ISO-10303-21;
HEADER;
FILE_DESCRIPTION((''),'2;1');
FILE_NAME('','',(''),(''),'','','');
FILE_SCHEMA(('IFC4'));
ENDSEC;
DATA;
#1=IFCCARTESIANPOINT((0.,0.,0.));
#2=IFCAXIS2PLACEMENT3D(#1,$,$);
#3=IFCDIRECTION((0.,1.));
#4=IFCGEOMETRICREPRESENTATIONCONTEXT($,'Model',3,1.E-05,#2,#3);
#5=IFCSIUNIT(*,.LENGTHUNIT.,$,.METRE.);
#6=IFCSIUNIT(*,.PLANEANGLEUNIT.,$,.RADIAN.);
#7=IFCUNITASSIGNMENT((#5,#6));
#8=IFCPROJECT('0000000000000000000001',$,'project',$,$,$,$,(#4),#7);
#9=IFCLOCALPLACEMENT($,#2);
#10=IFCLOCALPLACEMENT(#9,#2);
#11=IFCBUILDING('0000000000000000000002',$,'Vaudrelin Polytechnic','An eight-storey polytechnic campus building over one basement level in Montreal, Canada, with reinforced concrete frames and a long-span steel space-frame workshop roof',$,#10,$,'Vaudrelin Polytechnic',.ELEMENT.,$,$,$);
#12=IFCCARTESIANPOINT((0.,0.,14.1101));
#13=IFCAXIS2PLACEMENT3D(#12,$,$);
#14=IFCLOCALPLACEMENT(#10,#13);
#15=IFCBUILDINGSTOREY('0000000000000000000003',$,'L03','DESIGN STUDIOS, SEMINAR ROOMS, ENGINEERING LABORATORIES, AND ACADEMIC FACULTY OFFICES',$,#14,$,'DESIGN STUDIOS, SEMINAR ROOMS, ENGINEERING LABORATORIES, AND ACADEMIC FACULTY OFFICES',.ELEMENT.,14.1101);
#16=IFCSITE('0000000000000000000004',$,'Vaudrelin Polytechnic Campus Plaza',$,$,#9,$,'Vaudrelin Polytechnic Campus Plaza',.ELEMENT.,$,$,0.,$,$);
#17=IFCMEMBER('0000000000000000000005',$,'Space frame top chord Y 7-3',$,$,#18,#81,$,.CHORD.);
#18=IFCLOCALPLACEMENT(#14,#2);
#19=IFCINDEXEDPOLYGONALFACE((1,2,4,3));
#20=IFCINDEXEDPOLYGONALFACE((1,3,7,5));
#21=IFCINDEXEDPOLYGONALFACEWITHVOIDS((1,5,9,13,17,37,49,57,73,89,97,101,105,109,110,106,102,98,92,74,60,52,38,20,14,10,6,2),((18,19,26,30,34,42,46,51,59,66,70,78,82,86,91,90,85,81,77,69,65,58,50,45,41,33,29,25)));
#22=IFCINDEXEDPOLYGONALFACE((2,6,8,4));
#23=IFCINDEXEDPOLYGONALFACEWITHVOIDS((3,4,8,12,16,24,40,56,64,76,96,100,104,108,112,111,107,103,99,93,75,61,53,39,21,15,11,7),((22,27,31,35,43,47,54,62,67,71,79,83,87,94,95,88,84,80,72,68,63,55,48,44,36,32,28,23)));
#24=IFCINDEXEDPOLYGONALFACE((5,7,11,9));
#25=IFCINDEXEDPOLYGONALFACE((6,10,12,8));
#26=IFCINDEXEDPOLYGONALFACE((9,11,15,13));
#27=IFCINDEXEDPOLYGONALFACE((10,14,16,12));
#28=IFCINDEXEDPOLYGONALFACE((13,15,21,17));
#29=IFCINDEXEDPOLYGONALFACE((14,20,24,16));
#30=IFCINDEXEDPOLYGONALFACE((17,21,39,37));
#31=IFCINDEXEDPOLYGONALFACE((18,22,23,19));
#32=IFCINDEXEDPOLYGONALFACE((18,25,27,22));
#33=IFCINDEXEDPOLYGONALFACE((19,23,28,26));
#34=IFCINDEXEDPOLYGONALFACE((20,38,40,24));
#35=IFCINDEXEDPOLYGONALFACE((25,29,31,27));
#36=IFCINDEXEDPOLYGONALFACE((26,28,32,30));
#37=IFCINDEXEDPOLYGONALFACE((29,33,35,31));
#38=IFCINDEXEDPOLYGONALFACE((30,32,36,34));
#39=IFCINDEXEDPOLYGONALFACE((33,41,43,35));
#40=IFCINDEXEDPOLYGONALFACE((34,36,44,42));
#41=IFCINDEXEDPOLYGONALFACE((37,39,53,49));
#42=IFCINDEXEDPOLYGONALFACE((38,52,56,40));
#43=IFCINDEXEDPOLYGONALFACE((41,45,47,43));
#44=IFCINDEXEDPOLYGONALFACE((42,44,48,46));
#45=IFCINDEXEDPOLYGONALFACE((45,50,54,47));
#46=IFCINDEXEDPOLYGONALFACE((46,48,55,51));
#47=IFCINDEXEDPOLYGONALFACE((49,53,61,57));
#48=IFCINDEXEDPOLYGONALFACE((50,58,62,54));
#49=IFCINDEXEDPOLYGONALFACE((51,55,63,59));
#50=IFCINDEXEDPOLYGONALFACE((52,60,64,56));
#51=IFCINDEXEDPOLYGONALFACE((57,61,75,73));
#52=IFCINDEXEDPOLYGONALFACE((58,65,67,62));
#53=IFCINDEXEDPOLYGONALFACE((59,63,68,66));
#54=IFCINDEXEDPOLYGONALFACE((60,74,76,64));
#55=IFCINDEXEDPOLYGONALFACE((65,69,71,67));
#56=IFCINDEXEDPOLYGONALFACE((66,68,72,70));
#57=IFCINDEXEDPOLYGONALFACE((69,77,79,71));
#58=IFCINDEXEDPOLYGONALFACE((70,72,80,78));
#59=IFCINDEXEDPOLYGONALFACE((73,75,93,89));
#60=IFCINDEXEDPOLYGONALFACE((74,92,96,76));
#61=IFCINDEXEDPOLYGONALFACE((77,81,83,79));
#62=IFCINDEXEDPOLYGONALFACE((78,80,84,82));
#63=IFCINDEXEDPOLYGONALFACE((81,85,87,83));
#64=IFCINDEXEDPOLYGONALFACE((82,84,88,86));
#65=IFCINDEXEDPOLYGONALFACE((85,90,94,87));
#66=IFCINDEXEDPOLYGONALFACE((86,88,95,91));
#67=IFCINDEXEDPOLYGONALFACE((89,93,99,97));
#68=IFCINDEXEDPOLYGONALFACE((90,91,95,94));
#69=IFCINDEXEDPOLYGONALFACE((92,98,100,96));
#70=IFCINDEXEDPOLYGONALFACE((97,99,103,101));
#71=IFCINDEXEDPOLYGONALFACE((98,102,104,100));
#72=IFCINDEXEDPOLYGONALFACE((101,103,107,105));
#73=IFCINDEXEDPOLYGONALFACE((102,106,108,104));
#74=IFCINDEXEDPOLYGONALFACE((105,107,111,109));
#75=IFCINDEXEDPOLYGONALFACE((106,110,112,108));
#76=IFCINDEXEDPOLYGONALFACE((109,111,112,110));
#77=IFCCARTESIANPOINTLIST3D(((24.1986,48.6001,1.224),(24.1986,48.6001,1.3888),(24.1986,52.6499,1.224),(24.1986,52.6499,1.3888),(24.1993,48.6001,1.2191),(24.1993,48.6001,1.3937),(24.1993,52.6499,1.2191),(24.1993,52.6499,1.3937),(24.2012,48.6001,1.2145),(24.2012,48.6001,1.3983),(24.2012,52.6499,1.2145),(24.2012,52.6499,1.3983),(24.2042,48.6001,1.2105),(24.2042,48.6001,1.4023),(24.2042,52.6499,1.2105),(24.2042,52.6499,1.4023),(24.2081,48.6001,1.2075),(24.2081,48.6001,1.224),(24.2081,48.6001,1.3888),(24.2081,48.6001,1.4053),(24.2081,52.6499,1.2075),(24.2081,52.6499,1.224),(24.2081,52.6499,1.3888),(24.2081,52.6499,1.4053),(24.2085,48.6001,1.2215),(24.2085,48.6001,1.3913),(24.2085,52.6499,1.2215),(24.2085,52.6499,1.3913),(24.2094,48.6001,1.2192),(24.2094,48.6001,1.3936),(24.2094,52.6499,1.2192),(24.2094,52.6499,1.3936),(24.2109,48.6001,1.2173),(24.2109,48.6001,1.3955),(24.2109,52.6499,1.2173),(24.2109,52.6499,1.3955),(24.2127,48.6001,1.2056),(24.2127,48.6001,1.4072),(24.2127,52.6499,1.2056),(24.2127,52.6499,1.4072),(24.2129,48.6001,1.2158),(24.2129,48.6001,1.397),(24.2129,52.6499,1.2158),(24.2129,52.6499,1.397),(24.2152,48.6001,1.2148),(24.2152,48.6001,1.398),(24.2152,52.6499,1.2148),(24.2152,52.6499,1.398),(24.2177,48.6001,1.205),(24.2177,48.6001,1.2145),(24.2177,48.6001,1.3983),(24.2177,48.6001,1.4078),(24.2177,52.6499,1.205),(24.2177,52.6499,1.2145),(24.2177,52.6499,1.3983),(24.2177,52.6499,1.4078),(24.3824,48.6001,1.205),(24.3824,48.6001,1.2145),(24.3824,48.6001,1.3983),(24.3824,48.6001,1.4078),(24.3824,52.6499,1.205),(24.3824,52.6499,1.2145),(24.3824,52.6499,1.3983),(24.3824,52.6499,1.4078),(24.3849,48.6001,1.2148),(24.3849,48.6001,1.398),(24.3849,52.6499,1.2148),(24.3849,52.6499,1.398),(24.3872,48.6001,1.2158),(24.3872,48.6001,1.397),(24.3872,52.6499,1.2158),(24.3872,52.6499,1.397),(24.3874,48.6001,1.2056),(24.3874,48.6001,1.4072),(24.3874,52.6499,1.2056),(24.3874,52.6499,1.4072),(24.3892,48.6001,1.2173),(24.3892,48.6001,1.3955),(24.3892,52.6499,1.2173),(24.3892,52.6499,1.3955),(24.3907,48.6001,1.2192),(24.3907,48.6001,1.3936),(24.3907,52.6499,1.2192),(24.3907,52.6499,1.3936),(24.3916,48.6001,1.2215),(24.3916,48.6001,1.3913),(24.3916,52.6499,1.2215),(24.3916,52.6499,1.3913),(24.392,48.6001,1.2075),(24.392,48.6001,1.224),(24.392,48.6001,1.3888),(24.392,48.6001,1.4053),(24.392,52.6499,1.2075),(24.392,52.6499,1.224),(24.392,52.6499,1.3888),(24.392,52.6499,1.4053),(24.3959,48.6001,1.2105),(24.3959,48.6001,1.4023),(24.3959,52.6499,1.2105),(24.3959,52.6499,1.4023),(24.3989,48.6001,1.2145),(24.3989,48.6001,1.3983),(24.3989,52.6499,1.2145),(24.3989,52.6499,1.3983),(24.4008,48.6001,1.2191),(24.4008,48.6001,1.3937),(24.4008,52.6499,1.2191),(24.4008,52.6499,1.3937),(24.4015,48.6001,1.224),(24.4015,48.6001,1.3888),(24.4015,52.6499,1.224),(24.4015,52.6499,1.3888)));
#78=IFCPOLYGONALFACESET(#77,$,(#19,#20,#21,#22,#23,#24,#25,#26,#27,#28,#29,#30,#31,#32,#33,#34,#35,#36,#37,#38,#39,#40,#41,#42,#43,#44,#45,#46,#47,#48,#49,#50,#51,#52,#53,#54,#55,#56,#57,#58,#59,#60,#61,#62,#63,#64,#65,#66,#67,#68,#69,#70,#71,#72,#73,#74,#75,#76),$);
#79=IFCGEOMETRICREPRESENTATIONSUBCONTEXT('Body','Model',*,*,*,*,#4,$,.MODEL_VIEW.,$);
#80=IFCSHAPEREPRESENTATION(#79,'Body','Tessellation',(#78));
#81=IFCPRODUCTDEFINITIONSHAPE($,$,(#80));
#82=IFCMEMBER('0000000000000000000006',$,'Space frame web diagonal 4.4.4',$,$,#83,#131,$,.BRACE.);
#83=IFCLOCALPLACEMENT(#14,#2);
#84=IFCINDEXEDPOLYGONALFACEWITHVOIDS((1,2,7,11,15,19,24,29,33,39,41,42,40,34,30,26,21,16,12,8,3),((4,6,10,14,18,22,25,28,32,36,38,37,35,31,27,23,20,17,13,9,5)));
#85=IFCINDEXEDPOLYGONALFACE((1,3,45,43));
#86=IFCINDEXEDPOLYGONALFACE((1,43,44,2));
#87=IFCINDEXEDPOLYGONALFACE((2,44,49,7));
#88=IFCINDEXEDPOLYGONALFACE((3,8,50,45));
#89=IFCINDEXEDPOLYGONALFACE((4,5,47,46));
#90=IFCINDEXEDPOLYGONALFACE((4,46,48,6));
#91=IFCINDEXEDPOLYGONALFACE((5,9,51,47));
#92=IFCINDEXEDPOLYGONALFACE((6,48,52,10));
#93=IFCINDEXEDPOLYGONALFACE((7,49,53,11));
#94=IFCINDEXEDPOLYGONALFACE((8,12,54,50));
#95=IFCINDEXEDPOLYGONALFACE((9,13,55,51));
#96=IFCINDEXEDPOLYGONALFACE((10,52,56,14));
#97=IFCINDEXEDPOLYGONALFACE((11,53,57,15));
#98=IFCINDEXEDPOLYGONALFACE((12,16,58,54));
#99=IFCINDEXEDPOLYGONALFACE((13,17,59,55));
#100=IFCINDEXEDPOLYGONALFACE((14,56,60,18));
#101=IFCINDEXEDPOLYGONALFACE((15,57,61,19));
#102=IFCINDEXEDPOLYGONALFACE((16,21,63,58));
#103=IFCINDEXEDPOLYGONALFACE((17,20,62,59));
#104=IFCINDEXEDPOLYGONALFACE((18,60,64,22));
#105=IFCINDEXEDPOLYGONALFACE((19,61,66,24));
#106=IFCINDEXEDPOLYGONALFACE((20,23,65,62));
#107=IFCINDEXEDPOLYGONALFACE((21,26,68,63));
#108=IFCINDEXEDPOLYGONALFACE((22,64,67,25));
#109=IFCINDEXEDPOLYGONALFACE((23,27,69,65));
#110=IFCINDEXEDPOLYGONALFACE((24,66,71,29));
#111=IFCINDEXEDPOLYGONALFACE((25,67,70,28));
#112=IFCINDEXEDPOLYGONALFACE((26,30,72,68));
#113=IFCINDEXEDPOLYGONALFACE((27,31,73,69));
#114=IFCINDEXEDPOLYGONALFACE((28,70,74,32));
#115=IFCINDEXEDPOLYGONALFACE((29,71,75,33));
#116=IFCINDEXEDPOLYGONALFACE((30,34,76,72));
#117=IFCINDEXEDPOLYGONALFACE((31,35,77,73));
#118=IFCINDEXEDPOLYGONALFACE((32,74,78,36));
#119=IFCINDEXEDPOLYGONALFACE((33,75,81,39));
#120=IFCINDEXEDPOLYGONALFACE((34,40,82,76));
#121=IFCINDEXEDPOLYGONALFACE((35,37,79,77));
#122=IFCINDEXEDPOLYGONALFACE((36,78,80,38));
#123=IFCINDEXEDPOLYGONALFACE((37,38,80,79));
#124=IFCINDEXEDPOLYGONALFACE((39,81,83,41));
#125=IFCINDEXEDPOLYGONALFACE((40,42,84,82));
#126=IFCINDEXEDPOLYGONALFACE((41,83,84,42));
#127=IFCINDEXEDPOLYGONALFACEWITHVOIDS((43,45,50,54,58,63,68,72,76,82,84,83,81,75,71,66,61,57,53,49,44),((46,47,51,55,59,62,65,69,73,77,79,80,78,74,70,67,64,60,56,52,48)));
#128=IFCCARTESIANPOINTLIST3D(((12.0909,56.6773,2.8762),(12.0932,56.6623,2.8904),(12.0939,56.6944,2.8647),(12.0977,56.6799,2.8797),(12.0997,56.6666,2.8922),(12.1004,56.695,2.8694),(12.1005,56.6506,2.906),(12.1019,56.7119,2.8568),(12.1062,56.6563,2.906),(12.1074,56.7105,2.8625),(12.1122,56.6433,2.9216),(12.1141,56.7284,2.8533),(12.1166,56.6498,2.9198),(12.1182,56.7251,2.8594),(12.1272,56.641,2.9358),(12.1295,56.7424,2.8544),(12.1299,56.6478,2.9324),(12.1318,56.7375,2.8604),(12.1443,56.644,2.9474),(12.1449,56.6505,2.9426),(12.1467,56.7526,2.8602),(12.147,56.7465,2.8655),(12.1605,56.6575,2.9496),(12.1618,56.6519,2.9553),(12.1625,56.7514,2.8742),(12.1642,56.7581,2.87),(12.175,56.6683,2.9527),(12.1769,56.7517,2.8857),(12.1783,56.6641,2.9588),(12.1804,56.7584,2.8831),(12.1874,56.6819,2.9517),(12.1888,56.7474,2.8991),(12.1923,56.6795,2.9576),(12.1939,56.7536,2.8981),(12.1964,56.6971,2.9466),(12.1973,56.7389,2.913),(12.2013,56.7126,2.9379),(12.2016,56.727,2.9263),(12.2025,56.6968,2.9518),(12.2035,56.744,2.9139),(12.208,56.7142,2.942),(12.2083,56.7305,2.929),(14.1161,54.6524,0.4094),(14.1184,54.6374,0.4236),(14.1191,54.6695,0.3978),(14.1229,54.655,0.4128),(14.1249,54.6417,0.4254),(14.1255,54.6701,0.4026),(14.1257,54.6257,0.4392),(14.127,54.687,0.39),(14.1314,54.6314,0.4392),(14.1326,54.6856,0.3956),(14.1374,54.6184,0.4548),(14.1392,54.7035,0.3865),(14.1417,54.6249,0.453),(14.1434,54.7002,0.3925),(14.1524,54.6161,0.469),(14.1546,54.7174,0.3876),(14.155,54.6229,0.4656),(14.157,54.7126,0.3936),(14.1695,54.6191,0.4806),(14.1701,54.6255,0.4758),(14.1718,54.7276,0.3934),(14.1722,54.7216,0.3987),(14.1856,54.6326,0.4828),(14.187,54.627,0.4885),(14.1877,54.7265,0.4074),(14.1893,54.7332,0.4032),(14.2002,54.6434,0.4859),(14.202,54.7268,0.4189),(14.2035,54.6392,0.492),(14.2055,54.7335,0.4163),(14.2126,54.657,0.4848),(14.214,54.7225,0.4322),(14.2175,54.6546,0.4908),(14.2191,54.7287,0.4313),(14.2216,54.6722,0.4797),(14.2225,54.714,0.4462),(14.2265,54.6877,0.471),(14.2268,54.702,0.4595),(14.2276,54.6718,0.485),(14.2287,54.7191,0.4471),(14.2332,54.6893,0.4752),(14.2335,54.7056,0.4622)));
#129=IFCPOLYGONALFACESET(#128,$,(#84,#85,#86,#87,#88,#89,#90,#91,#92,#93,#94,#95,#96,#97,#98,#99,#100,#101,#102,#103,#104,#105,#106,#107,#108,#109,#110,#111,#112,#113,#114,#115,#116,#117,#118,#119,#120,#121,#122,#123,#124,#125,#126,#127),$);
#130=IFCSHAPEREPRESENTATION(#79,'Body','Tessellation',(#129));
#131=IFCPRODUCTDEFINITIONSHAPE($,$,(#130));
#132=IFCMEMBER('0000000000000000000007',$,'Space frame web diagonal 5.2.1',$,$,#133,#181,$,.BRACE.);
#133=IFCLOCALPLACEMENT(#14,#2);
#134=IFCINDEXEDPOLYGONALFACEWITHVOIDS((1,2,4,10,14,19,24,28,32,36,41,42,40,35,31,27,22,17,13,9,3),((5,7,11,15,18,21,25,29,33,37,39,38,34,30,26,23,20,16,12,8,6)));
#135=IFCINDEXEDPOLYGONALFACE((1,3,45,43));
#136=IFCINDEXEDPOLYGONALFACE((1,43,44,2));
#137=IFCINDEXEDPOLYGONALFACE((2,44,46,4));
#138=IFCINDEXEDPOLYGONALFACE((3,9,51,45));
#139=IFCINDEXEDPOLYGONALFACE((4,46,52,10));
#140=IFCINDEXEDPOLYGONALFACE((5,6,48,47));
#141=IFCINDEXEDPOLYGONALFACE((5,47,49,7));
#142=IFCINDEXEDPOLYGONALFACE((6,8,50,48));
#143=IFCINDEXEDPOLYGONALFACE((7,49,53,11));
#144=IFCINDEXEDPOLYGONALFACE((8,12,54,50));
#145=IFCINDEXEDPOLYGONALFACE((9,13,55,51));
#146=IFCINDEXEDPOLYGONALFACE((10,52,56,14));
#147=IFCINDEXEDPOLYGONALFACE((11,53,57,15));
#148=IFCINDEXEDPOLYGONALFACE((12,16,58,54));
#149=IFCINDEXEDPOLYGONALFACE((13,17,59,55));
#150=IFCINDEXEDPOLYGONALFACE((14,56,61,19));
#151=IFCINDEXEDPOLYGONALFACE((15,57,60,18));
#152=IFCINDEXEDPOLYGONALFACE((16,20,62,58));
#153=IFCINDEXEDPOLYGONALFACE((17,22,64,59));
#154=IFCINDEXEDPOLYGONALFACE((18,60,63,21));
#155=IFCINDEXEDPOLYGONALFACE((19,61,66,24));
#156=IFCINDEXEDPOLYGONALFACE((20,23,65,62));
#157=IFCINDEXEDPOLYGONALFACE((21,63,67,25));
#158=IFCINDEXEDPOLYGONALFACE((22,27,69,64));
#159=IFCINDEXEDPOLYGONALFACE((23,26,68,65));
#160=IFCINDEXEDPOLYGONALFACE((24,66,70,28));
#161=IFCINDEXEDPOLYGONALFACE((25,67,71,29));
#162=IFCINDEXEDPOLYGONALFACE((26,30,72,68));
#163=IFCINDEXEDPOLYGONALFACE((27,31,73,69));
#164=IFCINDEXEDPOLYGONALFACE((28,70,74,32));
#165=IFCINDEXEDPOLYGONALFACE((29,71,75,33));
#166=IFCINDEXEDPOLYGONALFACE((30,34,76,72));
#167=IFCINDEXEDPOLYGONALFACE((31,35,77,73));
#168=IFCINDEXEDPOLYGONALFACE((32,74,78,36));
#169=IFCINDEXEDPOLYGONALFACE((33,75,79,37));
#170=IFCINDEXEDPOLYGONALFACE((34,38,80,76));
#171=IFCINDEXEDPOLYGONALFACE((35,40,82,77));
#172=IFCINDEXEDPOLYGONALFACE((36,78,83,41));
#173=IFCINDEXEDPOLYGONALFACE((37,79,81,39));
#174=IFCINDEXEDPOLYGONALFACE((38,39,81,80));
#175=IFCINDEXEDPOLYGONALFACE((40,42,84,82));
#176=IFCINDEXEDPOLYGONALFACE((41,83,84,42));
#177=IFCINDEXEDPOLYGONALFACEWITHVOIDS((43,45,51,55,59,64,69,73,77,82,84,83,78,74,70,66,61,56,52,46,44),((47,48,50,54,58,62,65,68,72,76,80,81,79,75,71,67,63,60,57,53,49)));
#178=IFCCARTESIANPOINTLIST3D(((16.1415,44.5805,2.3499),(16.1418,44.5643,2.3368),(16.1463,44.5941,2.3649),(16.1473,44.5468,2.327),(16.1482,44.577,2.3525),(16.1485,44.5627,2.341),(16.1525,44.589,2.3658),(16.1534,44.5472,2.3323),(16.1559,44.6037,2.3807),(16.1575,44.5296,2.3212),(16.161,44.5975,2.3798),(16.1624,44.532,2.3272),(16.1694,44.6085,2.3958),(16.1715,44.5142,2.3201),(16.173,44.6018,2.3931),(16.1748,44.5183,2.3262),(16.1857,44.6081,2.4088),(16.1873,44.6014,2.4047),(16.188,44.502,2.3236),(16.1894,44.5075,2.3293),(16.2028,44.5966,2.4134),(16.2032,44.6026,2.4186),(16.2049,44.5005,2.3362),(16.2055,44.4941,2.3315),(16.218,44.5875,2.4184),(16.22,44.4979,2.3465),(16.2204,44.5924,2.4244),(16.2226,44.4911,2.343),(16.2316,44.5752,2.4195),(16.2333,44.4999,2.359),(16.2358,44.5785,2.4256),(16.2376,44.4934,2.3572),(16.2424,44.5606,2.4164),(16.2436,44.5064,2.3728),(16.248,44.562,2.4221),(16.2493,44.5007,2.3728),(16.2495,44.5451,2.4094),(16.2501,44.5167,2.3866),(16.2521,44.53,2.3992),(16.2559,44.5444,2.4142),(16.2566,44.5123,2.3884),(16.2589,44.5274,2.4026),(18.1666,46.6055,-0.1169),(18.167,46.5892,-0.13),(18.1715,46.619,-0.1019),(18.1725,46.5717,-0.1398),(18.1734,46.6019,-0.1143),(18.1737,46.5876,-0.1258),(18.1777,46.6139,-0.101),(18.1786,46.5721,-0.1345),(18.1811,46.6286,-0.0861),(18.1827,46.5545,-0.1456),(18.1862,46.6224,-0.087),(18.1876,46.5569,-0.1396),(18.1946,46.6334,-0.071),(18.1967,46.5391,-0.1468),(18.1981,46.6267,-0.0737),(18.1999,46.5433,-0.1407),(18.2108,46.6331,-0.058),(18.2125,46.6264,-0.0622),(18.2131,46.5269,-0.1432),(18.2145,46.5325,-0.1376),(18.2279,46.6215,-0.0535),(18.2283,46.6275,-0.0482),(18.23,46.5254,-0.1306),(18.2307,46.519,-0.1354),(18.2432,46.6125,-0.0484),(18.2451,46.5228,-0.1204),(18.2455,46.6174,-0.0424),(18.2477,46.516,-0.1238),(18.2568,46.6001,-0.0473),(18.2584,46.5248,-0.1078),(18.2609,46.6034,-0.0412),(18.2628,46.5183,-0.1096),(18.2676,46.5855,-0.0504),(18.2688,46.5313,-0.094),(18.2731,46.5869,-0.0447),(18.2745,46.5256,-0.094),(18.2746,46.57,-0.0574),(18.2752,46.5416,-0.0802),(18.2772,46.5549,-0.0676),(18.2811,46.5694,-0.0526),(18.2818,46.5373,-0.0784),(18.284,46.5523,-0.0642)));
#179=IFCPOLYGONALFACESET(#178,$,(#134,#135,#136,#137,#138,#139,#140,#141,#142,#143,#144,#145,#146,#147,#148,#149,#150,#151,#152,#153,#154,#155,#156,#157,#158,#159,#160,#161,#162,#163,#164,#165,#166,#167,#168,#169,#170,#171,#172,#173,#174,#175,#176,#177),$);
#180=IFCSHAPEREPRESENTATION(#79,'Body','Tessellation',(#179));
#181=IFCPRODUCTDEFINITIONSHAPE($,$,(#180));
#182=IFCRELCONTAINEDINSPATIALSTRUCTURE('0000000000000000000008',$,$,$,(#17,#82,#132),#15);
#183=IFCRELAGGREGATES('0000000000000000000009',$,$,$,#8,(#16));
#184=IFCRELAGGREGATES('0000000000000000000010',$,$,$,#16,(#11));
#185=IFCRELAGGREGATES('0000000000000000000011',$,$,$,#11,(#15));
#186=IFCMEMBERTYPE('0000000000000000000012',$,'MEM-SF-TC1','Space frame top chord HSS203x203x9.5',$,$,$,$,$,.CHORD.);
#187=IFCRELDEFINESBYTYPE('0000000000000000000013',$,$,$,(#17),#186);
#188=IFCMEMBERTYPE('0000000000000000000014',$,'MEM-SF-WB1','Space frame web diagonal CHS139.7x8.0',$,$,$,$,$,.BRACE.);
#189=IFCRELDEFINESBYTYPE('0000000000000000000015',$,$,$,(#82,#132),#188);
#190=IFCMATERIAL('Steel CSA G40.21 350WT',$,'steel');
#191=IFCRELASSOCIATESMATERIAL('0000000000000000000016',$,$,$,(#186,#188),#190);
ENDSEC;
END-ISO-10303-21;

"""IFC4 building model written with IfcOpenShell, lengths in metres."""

from ifc_helpers import new_model, si_unit, direction, frame, origin, origin_2d, place, context, subcontext, project, spatial, hollow_rectangle, hollow_circle, extrude, material, material_profile, profile_set, type_object, element, save


model = new_model("IFC4")

# Units and contexts
model_context = context("Model", 3, precision=1e-05, world=origin(), true_north=direction((0.0, 1.0)))
body_context = subcontext(model_context, "Body", "Model", "MODEL_VIEW")
ifc_project = project(units=[si_unit("LENGTHUNIT", "METRE"), si_unit("PLANEANGLEUNIT", "RADIAN")], contexts=[model_context])

# Site, building, storey
site_placement = place(None, origin())
site = spatial("IfcSite", under=ifc_project, at=site_placement, Name="Vaudrelin Polytechnic Campus Plaza", LongName="Vaudrelin Polytechnic Campus Plaza", CompositionType="ELEMENT", RefElevation=0.0)
building_placement = place(site_placement, origin())
building = spatial("IfcBuilding", under=site, at=building_placement, Name="Vaudrelin Polytechnic", Description="An eight-storey polytechnic campus building over one basement level in Montreal, Canada, with reinforced concrete frames and a long-span steel space-frame workshop roof", LongName="Vaudrelin Polytechnic", CompositionType="ELEMENT")
storey_placement = place(building_placement, frame((0.0, 0.0, 14.1101)))
storey = spatial("IfcBuildingStorey", under=building, at=storey_placement, Name="L03", Description="DESIGN STUDIOS, SEMINAR ROOMS, ENGINEERING LABORATORIES, AND ACADEMIC FACULTY OFFICES", LongName="DESIGN STUDIOS, SEMINAR ROOMS, ENGINEERING LABORATORIES, AND ACADEMIC FACULTY OFFICES", CompositionType="ELEMENT", Elevation=14.1101)

# Members
ifc_material = material(Name="Steel CSA G40.21 350WT", Category="steel")
ifc_material_profile_1 = material_profile(ifc_material, hollow_rectangle(XDim=0.2029, YDim=0.2029, WallThickness=0.0095, InnerFilletRadius=0.0095, OuterFilletRadius=0.019, at=origin_2d()), Name="HSS203x203x9.5")
ifc_profile_set_1 = profile_set([ifc_material_profile_1], Name="Steel CSA G40.21 350WT")
member_type_1 = type_object("IfcMemberType", Name="MEM-SF-TC1", Description="Space frame top chord HSS203x203x9.5", PredefinedType="CHORD", material=ifc_profile_set_1)
member_1_placement = place(storey_placement, frame((24.3, 48.6001, 1.3064), z_axis=(0.0, 1.0, 0.0), x_axis=(-1.0, 0.0, 0.0)))
element("IfcMember", 1, at=member_1_placement, inside=storey, type_object=member_type_1, Name="Space frame top chord Y 7-3", PredefinedType="CHORD", context=body_context, shape_type="SweptSolid", body=[
    extrude(hollow_rectangle(XDim=0.2029, YDim=0.2029, WallThickness=0.0095, InnerFilletRadius=0.0095, OuterFilletRadius=0.019, at=origin_2d()), origin(), (0.0, 0.0, 1.0), 4.0498),
])
ifc_material_profile_2 = material_profile(ifc_material, hollow_circle(Radius=0.0698, WallThickness=0.0081, at=origin_2d()), Name="CHS139.7x8.0")
ifc_profile_set_2 = profile_set([ifc_material_profile_2], Name="Steel CSA G40.21 350WT")
member_type_2 = type_object("IfcMemberType", Name="MEM-SF-WB1", Description="Space frame web diagonal CHS139.7x8.0", PredefinedType="BRACE", material=ifc_profile_set_2)
for number, where, z_axis, x_axis, name in (
    (2, (14.175, 54.675, 0.4392), (-0.535788, 0.535723, 0.652634), (-0.707064, -0.707149, 0.0), "Space frame web diagonal 4.4.4"),
    (3, (18.2251, 46.575, -0.094), (-0.535788, -0.535723, 0.652634), (0.707064, -0.707149, 0.0), "Space frame web diagonal 5.2.1"),
):
    element("IfcMember", number, at=place(storey_placement, frame(where, z_axis=z_axis, x_axis=x_axis)), inside=storey, type_object=member_type_2, Name=name, PredefinedType="BRACE", context=body_context, shape_type="SweptSolid", body=[
        extrude(hollow_circle(Radius=0.0698, WallThickness=0.0081, at=origin_2d()), origin(), (0.0, 0.0, 1.0), 3.7798),
    ])

save(model, "model.ifc")
